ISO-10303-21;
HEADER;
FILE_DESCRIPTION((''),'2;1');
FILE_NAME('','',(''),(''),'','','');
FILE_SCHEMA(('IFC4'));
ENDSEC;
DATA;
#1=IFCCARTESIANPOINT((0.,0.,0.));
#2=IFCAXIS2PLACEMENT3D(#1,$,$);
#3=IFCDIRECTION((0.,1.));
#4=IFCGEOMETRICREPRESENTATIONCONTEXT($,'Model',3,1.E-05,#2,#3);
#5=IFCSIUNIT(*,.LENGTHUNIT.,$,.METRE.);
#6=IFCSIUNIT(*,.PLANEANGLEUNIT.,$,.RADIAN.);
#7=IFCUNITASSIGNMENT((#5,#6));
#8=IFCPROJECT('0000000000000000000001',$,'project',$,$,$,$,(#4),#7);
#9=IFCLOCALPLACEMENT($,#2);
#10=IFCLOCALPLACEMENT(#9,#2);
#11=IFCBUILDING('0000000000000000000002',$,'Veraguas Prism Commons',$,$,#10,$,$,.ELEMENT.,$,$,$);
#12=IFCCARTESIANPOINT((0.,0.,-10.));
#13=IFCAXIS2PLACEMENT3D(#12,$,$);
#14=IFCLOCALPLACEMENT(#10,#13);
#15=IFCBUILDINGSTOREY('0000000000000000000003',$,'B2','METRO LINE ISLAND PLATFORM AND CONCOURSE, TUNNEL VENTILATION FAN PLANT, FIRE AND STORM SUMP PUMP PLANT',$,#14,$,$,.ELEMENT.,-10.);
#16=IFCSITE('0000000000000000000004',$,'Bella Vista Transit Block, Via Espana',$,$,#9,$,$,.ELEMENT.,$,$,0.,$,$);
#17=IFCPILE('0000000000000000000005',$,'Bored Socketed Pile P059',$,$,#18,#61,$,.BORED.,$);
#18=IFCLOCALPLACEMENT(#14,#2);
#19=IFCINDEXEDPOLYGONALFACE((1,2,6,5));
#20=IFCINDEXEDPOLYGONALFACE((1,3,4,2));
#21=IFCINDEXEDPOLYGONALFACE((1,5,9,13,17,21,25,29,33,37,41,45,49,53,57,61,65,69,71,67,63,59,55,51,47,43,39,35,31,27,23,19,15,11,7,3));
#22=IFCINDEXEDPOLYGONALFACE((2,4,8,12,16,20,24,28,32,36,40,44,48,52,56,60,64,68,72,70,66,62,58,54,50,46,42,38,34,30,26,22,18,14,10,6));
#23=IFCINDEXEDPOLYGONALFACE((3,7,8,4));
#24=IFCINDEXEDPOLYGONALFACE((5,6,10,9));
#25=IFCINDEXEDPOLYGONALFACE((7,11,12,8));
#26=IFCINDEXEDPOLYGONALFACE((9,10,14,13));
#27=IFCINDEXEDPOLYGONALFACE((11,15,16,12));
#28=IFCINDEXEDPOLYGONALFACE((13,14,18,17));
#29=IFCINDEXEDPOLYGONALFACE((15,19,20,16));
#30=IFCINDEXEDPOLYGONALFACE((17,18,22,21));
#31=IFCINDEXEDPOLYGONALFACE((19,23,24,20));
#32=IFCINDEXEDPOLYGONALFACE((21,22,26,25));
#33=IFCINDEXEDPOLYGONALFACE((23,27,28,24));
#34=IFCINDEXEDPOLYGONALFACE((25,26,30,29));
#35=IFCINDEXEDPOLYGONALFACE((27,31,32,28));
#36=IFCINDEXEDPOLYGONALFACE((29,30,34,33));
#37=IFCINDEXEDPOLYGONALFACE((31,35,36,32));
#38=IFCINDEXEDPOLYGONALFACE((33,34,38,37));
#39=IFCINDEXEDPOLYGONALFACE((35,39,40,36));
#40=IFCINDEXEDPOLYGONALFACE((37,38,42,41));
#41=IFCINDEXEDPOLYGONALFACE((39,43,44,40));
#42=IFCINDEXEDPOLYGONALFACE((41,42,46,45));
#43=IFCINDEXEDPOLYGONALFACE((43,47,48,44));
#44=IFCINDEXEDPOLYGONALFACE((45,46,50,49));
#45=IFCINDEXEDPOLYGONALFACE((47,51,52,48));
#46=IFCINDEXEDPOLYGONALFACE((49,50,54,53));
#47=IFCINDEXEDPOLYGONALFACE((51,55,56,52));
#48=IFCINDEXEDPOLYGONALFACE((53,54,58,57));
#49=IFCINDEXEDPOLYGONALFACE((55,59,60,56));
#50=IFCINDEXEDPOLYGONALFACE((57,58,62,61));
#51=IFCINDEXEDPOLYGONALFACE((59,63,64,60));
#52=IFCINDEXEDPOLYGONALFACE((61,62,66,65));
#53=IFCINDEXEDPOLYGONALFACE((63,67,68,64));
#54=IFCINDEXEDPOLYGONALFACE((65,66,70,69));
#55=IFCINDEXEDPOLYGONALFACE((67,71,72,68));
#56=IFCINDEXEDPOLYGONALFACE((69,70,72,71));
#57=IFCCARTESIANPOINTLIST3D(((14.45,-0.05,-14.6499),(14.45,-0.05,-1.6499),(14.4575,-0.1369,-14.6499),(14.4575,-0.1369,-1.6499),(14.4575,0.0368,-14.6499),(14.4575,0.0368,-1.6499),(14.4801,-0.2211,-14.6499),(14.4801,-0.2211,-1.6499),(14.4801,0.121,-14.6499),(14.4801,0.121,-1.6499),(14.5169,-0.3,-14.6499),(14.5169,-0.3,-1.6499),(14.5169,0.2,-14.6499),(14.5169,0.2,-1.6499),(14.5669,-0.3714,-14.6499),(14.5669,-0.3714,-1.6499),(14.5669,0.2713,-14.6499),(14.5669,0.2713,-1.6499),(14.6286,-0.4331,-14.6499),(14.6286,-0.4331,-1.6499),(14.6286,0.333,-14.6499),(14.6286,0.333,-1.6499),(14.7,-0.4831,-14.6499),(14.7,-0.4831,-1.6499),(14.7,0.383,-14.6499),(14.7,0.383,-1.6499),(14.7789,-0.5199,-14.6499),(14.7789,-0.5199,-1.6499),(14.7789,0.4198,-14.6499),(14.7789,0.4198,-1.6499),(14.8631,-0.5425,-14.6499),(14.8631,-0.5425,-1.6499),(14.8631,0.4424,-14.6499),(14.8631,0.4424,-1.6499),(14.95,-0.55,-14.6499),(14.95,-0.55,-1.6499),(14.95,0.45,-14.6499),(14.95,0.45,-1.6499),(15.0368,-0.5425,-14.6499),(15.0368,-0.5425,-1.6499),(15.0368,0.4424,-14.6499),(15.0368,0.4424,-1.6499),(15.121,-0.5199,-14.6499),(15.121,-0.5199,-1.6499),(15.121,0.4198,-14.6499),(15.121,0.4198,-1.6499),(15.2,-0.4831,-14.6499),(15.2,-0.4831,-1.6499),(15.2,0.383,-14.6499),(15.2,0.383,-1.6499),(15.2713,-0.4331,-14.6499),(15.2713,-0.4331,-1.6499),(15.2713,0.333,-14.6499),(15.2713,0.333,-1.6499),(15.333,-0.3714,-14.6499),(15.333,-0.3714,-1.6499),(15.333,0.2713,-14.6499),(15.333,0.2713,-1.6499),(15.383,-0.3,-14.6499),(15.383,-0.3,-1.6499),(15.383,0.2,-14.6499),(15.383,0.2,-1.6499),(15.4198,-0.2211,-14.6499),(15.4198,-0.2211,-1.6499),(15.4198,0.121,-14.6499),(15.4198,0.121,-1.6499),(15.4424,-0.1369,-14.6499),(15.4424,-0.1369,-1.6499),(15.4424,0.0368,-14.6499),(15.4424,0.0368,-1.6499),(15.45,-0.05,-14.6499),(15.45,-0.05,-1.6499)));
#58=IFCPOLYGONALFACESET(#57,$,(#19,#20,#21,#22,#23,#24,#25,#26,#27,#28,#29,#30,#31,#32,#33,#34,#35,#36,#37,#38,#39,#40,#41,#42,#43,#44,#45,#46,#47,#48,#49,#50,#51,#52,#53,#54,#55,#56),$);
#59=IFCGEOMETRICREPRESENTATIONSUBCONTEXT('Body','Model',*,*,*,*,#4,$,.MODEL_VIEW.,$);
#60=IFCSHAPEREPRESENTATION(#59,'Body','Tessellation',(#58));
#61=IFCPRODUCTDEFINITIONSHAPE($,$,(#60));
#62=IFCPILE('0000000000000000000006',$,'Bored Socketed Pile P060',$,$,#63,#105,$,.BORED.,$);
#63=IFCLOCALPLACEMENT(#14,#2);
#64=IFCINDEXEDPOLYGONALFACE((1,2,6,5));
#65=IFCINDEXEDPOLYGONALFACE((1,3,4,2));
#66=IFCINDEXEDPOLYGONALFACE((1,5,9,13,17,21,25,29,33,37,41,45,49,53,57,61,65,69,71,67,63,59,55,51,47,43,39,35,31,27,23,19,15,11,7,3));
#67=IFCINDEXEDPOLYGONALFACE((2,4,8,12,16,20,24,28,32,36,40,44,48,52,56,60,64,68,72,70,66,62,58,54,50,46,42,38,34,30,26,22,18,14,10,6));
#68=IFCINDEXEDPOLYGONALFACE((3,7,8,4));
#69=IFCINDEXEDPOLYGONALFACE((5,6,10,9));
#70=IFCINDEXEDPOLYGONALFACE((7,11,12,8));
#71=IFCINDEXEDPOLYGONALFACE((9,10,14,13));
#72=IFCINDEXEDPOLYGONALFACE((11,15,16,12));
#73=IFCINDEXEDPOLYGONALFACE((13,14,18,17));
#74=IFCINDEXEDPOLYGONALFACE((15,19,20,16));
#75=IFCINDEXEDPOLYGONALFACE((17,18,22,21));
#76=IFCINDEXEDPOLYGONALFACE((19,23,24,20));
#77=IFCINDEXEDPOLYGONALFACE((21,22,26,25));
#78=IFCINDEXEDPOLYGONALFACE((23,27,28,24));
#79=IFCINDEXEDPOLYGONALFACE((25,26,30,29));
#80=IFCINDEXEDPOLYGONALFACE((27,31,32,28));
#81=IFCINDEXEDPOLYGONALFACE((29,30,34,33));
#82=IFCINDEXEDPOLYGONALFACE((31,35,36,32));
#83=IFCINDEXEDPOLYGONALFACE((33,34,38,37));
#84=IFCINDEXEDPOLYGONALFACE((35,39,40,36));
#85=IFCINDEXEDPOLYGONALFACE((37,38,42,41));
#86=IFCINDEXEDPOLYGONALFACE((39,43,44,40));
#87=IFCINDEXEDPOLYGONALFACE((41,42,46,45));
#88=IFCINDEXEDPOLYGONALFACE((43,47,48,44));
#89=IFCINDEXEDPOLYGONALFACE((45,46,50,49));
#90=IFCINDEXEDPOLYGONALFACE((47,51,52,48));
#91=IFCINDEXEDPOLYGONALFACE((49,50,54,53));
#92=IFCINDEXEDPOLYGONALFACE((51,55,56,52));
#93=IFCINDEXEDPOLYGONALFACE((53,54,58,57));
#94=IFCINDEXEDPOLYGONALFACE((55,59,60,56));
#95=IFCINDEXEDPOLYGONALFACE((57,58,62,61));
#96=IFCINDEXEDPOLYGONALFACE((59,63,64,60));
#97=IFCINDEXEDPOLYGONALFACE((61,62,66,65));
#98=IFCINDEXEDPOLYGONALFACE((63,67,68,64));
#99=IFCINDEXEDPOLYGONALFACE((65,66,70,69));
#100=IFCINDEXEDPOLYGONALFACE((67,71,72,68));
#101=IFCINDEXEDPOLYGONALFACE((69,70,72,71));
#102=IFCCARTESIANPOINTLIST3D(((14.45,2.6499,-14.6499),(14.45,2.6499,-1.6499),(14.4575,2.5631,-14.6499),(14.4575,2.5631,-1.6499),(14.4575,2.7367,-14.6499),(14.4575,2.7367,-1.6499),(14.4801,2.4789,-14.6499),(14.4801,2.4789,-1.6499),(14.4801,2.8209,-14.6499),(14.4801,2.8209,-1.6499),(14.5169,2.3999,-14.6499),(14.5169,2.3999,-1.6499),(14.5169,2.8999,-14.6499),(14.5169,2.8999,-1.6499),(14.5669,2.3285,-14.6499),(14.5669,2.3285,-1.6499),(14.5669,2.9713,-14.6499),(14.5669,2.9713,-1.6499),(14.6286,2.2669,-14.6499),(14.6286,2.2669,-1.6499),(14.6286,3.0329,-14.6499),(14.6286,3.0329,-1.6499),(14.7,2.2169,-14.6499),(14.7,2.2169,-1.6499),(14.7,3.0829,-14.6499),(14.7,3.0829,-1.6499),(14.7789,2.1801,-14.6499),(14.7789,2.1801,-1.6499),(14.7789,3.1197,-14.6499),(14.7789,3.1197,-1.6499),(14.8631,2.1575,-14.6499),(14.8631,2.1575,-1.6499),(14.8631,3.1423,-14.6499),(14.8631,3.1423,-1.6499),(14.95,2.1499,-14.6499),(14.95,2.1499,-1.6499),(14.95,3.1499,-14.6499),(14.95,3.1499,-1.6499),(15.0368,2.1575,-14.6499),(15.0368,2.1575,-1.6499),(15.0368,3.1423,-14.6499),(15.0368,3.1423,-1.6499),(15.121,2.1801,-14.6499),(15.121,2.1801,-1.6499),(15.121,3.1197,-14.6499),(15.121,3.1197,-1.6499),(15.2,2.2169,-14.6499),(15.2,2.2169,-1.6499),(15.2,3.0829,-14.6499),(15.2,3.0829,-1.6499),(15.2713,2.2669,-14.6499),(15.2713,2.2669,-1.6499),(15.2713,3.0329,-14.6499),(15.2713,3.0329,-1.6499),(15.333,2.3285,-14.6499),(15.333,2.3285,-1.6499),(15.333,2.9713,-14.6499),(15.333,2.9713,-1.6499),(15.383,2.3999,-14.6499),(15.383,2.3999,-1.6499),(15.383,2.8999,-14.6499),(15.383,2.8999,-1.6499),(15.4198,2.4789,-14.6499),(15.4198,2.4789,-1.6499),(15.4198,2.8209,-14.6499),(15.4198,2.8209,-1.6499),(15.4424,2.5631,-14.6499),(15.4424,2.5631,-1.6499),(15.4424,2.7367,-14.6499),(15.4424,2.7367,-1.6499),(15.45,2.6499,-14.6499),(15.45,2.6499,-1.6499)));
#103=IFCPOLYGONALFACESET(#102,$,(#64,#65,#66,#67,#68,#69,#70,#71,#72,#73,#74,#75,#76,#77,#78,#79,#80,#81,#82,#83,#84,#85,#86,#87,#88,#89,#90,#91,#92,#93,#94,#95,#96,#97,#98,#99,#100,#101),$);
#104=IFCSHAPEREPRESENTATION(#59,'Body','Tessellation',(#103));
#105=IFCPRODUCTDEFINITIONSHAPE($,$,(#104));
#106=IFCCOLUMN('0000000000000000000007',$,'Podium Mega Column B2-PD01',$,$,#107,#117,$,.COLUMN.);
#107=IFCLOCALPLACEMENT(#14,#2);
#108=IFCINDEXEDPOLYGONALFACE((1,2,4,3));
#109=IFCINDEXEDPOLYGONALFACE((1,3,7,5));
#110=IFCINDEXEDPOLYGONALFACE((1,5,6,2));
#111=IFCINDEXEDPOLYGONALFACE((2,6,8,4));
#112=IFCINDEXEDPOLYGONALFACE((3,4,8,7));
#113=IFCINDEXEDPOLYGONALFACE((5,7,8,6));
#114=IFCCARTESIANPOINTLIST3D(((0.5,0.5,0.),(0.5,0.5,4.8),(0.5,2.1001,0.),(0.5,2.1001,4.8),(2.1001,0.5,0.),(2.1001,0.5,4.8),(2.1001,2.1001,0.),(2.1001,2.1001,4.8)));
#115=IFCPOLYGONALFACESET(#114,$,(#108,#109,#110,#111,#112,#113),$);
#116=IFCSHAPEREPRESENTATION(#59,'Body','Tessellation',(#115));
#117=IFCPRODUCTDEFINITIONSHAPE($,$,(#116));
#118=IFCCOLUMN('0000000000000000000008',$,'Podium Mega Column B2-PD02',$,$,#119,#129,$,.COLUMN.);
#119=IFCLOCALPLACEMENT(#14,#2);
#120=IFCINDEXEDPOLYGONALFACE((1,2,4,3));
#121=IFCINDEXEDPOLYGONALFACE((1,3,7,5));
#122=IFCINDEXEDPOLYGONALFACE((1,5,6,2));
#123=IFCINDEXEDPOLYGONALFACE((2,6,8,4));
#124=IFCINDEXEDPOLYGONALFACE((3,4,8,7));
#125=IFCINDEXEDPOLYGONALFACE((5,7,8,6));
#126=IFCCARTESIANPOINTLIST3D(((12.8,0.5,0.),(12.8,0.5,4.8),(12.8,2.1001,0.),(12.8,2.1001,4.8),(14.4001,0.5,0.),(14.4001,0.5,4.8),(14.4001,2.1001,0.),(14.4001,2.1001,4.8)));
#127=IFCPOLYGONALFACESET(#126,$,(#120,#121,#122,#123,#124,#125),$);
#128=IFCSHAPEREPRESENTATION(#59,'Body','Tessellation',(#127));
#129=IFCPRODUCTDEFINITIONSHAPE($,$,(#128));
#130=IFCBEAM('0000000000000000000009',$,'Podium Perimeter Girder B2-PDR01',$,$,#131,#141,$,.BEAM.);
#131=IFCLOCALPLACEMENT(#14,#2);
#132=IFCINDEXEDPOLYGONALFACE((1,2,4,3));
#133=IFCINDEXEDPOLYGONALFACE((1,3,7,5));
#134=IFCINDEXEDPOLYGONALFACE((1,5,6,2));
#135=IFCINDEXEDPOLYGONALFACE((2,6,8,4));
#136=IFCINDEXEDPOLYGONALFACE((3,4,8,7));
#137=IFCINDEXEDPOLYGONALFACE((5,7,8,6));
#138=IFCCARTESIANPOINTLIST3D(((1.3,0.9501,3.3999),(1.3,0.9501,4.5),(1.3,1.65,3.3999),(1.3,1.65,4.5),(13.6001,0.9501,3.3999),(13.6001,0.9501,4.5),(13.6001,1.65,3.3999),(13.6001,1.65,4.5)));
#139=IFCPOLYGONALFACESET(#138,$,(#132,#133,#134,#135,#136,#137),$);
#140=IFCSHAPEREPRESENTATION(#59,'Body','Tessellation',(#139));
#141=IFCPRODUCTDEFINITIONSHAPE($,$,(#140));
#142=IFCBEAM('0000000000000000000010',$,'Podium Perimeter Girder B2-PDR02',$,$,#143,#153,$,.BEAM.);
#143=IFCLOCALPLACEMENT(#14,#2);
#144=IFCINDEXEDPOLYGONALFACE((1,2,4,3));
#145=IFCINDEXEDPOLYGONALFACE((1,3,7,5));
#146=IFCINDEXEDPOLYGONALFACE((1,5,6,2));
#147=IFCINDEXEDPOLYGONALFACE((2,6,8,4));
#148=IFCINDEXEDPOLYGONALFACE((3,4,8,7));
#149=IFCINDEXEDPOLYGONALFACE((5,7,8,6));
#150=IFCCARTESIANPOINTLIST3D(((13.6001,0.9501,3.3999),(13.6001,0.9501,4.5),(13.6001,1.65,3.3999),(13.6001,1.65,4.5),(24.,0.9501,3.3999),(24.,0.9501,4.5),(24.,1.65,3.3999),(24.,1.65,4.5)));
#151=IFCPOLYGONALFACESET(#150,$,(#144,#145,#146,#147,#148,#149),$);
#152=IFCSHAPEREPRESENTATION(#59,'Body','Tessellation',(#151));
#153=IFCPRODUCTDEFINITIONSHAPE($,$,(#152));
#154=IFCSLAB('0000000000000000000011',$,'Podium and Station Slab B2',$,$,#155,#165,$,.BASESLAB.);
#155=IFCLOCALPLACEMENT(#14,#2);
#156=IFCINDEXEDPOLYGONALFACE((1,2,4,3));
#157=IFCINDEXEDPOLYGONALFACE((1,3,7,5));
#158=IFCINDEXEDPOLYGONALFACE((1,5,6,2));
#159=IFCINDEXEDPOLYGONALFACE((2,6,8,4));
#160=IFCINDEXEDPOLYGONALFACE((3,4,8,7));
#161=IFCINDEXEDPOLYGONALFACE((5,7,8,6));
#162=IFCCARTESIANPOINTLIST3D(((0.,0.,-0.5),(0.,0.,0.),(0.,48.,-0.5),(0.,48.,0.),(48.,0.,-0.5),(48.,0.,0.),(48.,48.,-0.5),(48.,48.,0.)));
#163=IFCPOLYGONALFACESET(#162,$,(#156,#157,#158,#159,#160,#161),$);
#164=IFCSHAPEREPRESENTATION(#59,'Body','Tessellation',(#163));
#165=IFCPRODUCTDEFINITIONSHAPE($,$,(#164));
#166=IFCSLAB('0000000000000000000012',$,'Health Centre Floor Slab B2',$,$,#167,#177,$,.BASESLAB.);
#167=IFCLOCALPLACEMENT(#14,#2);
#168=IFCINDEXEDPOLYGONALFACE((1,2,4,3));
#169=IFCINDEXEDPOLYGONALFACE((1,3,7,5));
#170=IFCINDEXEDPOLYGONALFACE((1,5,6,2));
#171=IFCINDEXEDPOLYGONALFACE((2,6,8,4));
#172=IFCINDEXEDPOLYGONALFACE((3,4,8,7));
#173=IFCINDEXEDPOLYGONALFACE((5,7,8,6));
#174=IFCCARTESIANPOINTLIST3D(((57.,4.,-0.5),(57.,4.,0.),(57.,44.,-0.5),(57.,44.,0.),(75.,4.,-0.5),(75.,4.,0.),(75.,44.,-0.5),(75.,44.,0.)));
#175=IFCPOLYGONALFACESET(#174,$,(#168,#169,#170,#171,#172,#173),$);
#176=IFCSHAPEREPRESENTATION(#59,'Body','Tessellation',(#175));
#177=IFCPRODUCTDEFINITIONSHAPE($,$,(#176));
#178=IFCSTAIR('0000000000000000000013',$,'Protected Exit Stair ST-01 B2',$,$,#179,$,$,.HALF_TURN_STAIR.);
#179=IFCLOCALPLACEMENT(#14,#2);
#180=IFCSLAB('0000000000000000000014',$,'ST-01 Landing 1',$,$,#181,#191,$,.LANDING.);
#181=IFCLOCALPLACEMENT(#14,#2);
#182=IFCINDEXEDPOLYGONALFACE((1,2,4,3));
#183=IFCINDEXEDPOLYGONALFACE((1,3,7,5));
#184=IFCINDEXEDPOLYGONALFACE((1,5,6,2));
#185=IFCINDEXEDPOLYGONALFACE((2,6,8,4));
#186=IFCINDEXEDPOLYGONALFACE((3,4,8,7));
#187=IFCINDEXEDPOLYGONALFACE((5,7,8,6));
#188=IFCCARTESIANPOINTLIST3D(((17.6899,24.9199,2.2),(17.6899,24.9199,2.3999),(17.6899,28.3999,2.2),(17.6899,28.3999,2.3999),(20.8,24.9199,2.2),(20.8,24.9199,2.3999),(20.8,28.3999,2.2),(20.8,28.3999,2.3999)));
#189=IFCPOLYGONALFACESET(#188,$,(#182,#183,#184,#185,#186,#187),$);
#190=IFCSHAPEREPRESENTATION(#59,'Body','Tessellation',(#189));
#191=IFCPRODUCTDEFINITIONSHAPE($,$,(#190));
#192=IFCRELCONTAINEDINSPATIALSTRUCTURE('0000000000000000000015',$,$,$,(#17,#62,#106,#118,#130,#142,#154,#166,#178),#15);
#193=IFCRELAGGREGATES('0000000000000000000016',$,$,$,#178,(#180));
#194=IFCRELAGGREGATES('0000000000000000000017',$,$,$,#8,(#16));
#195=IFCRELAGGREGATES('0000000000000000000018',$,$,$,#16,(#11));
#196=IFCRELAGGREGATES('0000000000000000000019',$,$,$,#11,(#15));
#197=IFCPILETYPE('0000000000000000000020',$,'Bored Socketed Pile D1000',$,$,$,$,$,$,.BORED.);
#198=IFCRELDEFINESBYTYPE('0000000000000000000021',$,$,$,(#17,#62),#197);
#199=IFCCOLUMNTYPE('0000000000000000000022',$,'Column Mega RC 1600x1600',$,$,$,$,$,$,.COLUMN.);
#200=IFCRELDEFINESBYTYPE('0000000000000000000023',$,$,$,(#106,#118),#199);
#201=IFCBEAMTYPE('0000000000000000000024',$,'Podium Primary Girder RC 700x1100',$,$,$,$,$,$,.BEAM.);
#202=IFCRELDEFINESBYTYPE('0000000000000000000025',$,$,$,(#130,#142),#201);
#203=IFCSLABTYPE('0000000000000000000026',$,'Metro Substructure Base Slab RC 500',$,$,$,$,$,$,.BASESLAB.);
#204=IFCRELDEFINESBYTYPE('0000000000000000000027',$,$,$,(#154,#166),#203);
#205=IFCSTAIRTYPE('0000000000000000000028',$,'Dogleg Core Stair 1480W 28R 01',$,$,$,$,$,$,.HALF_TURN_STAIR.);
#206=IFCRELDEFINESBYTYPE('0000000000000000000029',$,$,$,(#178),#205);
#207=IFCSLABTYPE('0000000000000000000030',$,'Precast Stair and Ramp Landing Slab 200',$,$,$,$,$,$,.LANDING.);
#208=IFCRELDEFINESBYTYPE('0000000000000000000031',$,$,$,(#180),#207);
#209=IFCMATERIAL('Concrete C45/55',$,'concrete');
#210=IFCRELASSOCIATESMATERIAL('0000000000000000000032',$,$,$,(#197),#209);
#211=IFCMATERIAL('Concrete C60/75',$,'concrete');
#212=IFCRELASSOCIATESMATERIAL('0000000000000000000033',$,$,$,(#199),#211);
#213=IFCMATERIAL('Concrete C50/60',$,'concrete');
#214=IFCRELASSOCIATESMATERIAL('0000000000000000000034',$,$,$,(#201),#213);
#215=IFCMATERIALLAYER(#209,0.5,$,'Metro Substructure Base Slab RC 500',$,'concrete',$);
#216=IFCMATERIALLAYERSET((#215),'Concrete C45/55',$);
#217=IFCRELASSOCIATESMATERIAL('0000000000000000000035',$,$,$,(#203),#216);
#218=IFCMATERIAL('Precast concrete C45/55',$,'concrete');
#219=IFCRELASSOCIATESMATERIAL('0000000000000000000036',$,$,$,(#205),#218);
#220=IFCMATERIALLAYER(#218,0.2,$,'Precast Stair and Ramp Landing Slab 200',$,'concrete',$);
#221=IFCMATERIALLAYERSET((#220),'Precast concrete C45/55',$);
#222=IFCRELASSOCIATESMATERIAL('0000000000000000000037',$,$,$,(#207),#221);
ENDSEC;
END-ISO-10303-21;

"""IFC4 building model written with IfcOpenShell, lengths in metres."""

from ifc_helpers import new_model, si_unit, direction, frame, origin, origin_2d, place, context, subcontext, project, spatial, polyline, rectangle, circle, outline, extrude, source, transform, mapped, material, layer, layer_set, material_profile, profile_set, type_object, element, aggregate, save


model = new_model("IFC4")

# Units and contexts
model_context = context("Model", 3, precision=1e-05, world=origin(), true_north=direction((0.0, 1.0)))
body_context = subcontext(model_context, "Body", "Model", "MODEL_VIEW")
ifc_project = project(units=[si_unit("LENGTHUNIT", "METRE"), si_unit("PLANEANGLEUNIT", "RADIAN")], contexts=[model_context])

# Site, building, storey
site_placement = place(None, origin())
site = spatial("IfcSite", under=ifc_project, at=site_placement, Name="Bella Vista Transit Block, Via Espana", CompositionType="ELEMENT", RefElevation=0.0)
building_placement = place(site_placement, origin())
building = spatial("IfcBuilding", under=site, at=building_placement, Name="Veraguas Prism Commons", CompositionType="ELEMENT")
storey_placement = place(building_placement, frame((0.0, 0.0, -10.0)))
storey = spatial("IfcBuildingStorey", under=building, at=storey_placement, Name="B2", Description="METRO LINE ISLAND PLATFORM AND CONCOURSE, TUNNEL VENTILATION FAN PLANT, FIRE AND STORM SUMP PUMP PLANT", CompositionType="ELEMENT", Elevation=-10.0)

# Shared definitions
ifc_material_1 = material(Name="Concrete C45/55", Category="concrete")

# Piles
ifc_material_profile_1 = material_profile(ifc_material_1, circle(Radius=0.5, at=origin_2d()), Name="PILE1000")
ifc_profile_set_1 = profile_set([ifc_material_profile_1], Name="Concrete C45/55")
pile_type = type_object("IfcPileType", Name="Bored Socketed Pile D1000", PredefinedType="BORED", material=ifc_profile_set_1)
shared_shape_1 = source(origin(), body_context, "Body", "SweptSolid", [
    extrude(circle(Radius=0.5, at=origin_2d()), origin(), (0.0, 0.0, 1.0), 13.0),
])
for number, where, z_axis, x_axis, name in (
    (1, (14.95, -0.05, -1.6499), (0.0, 0.0, -1.0), (1.0, 0.0, 0.0), "Bored Socketed Pile P059"),
    (2, (14.95, 2.6499, -1.6499), (0.0, 0.0, -1.0), (1.0, 0.0, 0.0), "Bored Socketed Pile P060"),
):
    element("IfcPile", number, at=place(storey_placement, frame(where, z_axis=z_axis, x_axis=x_axis)), inside=storey, type_object=pile_type, Name=name, PredefinedType="BORED", context=body_context, shape_type="MappedRepresentation", body=[
        mapped(shared_shape_1, transform((0.0, 0.0, 0.0), scale=1.0)),
    ])

# Columns
ifc_material_2 = material(Name="Concrete C60/75", Category="concrete")
ifc_material_profile_2 = material_profile(ifc_material_2, rectangle(XDim=1.6001, YDim=1.6001, at=origin_2d()), Name="RC1600X1600")
ifc_profile_set_2 = profile_set([ifc_material_profile_2], Name="Concrete C60/75")
column_type = type_object("IfcColumnType", Name="Column Mega RC 1600x1600", PredefinedType="COLUMN", material=ifc_profile_set_2)
for number, where, z_axis, x_axis, name in (
    (3, (1.3, 1.3, 0.0), (0.0, 0.0, 1.0), (1.0, 0.0, 0.0), "Podium Mega Column B2-PD01"),
    (4, (13.6001, 1.3, 0.0), (0.0, 0.0, 1.0), (1.0, 0.0, 0.0), "Podium Mega Column B2-PD02"),
):
    element("IfcColumn", number, at=place(storey_placement, frame(where, z_axis=z_axis, x_axis=x_axis)), inside=storey, type_object=column_type, Name=name, PredefinedType="COLUMN", context=body_context, shape_type="SweptSolid", body=[
        extrude(rectangle(XDim=1.6001, YDim=1.6001, at=origin_2d()), origin(), (0.0, 0.0, 1.0), 4.8),
    ])

# Beams
ifc_material_3 = material(Name="Concrete C50/60", Category="concrete")
ifc_material_profile_3 = material_profile(ifc_material_3, rectangle(XDim=0.7, YDim=1.1001, at=origin_2d()), Name="RC700X1100")
ifc_profile_set_3 = profile_set([ifc_material_profile_3], Name="Concrete C50/60")
beam_type = type_object("IfcBeamType", Name="Podium Primary Girder RC 700x1100", PredefinedType="BEAM", material=ifc_profile_set_3)
beam_1_placement = place(storey_placement, frame((1.3, 1.3, 3.95), z_axis=(1.0, 0.0, 0.0), x_axis=(0.0, 1.0, 0.0)))
element("IfcBeam", 5, at=beam_1_placement, inside=storey, type_object=beam_type, Name="Podium Perimeter Girder B2-PDR01", PredefinedType="BEAM", context=body_context, shape_type="SweptSolid", body=[
    extrude(rectangle(XDim=0.7, YDim=1.1001, at=origin_2d()), origin(), (0.0, 0.0, 1.0), 12.3),
])
beam_2_placement = place(storey_placement, frame((13.6001, 1.3, 3.95), z_axis=(1.0, 0.0, 0.0), x_axis=(0.0, 1.0, 0.0)))
element("IfcBeam", 6, at=beam_2_placement, inside=storey, type_object=beam_type, Name="Podium Perimeter Girder B2-PDR02", PredefinedType="BEAM", context=body_context, shape_type="SweptSolid", body=[
    extrude(rectangle(XDim=0.7, YDim=1.1001, at=origin_2d()), origin(), (0.0, 0.0, 1.0), 10.3999),
])

# Slabs
ifc_layer_1 = layer(ifc_material_1, 0.5, Name="Metro Substructure Base Slab RC 500", Category="concrete")
ifc_layer_set_1 = layer_set([ifc_layer_1], Name="Concrete C45/55")
slab_type_1 = type_object("IfcSlabType", Name="Metro Substructure Base Slab RC 500", PredefinedType="BASESLAB", material=ifc_layer_set_1)
slab_1_placement = place(storey_placement, frame((0.0, 0.0, -0.5)))
element("IfcSlab", 7, at=slab_1_placement, inside=storey, type_object=slab_type_1, Name="Podium and Station Slab B2", PredefinedType="BASESLAB", context=body_context, shape_type="SweptSolid", body=[
    extrude(outline(polyline([(0.0, 0.0), (48.0, 0.0), (48.0, 48.0), (0.0, 48.0), (0.0, 0.0)])), origin(), (0.0, 0.0, 1.0), 0.5),
])
slab_2_placement = place(storey_placement, frame((0.0, 0.0, -0.5)))
element("IfcSlab", 8, at=slab_2_placement, inside=storey, type_object=slab_type_1, Name="Health Centre Floor Slab B2", PredefinedType="BASESLAB", context=body_context, shape_type="SweptSolid", body=[
    extrude(outline(polyline([(57.0, 4.0), (75.0, 4.0), (75.0, 44.0), (57.0, 44.0), (57.0, 4.0)])), origin(), (0.0, 0.0, 1.0), 0.5),
])

# Stair, slab
ifc_material_4 = material(Name="Precast concrete C45/55", Category="concrete")
stair_type_1 = type_object("IfcStairType", Name="Dogleg Core Stair 1480W 28R 01", PredefinedType="HALF_TURN_STAIR", material=ifc_material_4)
stair_1_placement = place(storey_placement, origin())
stair_1 = element("IfcStair", 9, at=stair_1_placement, inside=storey, type_object=stair_type_1, Name="Protected Exit Stair ST-01 B2", PredefinedType="HALF_TURN_STAIR")
ifc_layer_2 = layer(ifc_material_4, 0.2, Name="Precast Stair and Ramp Landing Slab 200", Category="concrete")
ifc_layer_set_2 = layer_set([ifc_layer_2], Name="Precast concrete C45/55")
slab_type_2 = type_object("IfcSlabType", Name="Precast Stair and Ramp Landing Slab 200", PredefinedType="LANDING", material=ifc_layer_set_2)
slab_3_placement = place(storey_placement, frame((0.0, 0.0, 2.2)))
slab_3 = element("IfcSlab", 10, at=slab_3_placement, type_object=slab_type_2, Name="ST-01 Landing 1", PredefinedType="LANDING", context=body_context, shape_type="SweptSolid", body=[
    extrude(outline(polyline([(20.8, 24.9199), (20.8, 28.3999), (17.6899, 28.3999), (17.6899, 24.9199), (20.8, 24.9199)])), origin(), (0.0, 0.0, 1.0), 0.2),
])
aggregate(stair_1, [slab_3])

save(model, "model.ifc")
